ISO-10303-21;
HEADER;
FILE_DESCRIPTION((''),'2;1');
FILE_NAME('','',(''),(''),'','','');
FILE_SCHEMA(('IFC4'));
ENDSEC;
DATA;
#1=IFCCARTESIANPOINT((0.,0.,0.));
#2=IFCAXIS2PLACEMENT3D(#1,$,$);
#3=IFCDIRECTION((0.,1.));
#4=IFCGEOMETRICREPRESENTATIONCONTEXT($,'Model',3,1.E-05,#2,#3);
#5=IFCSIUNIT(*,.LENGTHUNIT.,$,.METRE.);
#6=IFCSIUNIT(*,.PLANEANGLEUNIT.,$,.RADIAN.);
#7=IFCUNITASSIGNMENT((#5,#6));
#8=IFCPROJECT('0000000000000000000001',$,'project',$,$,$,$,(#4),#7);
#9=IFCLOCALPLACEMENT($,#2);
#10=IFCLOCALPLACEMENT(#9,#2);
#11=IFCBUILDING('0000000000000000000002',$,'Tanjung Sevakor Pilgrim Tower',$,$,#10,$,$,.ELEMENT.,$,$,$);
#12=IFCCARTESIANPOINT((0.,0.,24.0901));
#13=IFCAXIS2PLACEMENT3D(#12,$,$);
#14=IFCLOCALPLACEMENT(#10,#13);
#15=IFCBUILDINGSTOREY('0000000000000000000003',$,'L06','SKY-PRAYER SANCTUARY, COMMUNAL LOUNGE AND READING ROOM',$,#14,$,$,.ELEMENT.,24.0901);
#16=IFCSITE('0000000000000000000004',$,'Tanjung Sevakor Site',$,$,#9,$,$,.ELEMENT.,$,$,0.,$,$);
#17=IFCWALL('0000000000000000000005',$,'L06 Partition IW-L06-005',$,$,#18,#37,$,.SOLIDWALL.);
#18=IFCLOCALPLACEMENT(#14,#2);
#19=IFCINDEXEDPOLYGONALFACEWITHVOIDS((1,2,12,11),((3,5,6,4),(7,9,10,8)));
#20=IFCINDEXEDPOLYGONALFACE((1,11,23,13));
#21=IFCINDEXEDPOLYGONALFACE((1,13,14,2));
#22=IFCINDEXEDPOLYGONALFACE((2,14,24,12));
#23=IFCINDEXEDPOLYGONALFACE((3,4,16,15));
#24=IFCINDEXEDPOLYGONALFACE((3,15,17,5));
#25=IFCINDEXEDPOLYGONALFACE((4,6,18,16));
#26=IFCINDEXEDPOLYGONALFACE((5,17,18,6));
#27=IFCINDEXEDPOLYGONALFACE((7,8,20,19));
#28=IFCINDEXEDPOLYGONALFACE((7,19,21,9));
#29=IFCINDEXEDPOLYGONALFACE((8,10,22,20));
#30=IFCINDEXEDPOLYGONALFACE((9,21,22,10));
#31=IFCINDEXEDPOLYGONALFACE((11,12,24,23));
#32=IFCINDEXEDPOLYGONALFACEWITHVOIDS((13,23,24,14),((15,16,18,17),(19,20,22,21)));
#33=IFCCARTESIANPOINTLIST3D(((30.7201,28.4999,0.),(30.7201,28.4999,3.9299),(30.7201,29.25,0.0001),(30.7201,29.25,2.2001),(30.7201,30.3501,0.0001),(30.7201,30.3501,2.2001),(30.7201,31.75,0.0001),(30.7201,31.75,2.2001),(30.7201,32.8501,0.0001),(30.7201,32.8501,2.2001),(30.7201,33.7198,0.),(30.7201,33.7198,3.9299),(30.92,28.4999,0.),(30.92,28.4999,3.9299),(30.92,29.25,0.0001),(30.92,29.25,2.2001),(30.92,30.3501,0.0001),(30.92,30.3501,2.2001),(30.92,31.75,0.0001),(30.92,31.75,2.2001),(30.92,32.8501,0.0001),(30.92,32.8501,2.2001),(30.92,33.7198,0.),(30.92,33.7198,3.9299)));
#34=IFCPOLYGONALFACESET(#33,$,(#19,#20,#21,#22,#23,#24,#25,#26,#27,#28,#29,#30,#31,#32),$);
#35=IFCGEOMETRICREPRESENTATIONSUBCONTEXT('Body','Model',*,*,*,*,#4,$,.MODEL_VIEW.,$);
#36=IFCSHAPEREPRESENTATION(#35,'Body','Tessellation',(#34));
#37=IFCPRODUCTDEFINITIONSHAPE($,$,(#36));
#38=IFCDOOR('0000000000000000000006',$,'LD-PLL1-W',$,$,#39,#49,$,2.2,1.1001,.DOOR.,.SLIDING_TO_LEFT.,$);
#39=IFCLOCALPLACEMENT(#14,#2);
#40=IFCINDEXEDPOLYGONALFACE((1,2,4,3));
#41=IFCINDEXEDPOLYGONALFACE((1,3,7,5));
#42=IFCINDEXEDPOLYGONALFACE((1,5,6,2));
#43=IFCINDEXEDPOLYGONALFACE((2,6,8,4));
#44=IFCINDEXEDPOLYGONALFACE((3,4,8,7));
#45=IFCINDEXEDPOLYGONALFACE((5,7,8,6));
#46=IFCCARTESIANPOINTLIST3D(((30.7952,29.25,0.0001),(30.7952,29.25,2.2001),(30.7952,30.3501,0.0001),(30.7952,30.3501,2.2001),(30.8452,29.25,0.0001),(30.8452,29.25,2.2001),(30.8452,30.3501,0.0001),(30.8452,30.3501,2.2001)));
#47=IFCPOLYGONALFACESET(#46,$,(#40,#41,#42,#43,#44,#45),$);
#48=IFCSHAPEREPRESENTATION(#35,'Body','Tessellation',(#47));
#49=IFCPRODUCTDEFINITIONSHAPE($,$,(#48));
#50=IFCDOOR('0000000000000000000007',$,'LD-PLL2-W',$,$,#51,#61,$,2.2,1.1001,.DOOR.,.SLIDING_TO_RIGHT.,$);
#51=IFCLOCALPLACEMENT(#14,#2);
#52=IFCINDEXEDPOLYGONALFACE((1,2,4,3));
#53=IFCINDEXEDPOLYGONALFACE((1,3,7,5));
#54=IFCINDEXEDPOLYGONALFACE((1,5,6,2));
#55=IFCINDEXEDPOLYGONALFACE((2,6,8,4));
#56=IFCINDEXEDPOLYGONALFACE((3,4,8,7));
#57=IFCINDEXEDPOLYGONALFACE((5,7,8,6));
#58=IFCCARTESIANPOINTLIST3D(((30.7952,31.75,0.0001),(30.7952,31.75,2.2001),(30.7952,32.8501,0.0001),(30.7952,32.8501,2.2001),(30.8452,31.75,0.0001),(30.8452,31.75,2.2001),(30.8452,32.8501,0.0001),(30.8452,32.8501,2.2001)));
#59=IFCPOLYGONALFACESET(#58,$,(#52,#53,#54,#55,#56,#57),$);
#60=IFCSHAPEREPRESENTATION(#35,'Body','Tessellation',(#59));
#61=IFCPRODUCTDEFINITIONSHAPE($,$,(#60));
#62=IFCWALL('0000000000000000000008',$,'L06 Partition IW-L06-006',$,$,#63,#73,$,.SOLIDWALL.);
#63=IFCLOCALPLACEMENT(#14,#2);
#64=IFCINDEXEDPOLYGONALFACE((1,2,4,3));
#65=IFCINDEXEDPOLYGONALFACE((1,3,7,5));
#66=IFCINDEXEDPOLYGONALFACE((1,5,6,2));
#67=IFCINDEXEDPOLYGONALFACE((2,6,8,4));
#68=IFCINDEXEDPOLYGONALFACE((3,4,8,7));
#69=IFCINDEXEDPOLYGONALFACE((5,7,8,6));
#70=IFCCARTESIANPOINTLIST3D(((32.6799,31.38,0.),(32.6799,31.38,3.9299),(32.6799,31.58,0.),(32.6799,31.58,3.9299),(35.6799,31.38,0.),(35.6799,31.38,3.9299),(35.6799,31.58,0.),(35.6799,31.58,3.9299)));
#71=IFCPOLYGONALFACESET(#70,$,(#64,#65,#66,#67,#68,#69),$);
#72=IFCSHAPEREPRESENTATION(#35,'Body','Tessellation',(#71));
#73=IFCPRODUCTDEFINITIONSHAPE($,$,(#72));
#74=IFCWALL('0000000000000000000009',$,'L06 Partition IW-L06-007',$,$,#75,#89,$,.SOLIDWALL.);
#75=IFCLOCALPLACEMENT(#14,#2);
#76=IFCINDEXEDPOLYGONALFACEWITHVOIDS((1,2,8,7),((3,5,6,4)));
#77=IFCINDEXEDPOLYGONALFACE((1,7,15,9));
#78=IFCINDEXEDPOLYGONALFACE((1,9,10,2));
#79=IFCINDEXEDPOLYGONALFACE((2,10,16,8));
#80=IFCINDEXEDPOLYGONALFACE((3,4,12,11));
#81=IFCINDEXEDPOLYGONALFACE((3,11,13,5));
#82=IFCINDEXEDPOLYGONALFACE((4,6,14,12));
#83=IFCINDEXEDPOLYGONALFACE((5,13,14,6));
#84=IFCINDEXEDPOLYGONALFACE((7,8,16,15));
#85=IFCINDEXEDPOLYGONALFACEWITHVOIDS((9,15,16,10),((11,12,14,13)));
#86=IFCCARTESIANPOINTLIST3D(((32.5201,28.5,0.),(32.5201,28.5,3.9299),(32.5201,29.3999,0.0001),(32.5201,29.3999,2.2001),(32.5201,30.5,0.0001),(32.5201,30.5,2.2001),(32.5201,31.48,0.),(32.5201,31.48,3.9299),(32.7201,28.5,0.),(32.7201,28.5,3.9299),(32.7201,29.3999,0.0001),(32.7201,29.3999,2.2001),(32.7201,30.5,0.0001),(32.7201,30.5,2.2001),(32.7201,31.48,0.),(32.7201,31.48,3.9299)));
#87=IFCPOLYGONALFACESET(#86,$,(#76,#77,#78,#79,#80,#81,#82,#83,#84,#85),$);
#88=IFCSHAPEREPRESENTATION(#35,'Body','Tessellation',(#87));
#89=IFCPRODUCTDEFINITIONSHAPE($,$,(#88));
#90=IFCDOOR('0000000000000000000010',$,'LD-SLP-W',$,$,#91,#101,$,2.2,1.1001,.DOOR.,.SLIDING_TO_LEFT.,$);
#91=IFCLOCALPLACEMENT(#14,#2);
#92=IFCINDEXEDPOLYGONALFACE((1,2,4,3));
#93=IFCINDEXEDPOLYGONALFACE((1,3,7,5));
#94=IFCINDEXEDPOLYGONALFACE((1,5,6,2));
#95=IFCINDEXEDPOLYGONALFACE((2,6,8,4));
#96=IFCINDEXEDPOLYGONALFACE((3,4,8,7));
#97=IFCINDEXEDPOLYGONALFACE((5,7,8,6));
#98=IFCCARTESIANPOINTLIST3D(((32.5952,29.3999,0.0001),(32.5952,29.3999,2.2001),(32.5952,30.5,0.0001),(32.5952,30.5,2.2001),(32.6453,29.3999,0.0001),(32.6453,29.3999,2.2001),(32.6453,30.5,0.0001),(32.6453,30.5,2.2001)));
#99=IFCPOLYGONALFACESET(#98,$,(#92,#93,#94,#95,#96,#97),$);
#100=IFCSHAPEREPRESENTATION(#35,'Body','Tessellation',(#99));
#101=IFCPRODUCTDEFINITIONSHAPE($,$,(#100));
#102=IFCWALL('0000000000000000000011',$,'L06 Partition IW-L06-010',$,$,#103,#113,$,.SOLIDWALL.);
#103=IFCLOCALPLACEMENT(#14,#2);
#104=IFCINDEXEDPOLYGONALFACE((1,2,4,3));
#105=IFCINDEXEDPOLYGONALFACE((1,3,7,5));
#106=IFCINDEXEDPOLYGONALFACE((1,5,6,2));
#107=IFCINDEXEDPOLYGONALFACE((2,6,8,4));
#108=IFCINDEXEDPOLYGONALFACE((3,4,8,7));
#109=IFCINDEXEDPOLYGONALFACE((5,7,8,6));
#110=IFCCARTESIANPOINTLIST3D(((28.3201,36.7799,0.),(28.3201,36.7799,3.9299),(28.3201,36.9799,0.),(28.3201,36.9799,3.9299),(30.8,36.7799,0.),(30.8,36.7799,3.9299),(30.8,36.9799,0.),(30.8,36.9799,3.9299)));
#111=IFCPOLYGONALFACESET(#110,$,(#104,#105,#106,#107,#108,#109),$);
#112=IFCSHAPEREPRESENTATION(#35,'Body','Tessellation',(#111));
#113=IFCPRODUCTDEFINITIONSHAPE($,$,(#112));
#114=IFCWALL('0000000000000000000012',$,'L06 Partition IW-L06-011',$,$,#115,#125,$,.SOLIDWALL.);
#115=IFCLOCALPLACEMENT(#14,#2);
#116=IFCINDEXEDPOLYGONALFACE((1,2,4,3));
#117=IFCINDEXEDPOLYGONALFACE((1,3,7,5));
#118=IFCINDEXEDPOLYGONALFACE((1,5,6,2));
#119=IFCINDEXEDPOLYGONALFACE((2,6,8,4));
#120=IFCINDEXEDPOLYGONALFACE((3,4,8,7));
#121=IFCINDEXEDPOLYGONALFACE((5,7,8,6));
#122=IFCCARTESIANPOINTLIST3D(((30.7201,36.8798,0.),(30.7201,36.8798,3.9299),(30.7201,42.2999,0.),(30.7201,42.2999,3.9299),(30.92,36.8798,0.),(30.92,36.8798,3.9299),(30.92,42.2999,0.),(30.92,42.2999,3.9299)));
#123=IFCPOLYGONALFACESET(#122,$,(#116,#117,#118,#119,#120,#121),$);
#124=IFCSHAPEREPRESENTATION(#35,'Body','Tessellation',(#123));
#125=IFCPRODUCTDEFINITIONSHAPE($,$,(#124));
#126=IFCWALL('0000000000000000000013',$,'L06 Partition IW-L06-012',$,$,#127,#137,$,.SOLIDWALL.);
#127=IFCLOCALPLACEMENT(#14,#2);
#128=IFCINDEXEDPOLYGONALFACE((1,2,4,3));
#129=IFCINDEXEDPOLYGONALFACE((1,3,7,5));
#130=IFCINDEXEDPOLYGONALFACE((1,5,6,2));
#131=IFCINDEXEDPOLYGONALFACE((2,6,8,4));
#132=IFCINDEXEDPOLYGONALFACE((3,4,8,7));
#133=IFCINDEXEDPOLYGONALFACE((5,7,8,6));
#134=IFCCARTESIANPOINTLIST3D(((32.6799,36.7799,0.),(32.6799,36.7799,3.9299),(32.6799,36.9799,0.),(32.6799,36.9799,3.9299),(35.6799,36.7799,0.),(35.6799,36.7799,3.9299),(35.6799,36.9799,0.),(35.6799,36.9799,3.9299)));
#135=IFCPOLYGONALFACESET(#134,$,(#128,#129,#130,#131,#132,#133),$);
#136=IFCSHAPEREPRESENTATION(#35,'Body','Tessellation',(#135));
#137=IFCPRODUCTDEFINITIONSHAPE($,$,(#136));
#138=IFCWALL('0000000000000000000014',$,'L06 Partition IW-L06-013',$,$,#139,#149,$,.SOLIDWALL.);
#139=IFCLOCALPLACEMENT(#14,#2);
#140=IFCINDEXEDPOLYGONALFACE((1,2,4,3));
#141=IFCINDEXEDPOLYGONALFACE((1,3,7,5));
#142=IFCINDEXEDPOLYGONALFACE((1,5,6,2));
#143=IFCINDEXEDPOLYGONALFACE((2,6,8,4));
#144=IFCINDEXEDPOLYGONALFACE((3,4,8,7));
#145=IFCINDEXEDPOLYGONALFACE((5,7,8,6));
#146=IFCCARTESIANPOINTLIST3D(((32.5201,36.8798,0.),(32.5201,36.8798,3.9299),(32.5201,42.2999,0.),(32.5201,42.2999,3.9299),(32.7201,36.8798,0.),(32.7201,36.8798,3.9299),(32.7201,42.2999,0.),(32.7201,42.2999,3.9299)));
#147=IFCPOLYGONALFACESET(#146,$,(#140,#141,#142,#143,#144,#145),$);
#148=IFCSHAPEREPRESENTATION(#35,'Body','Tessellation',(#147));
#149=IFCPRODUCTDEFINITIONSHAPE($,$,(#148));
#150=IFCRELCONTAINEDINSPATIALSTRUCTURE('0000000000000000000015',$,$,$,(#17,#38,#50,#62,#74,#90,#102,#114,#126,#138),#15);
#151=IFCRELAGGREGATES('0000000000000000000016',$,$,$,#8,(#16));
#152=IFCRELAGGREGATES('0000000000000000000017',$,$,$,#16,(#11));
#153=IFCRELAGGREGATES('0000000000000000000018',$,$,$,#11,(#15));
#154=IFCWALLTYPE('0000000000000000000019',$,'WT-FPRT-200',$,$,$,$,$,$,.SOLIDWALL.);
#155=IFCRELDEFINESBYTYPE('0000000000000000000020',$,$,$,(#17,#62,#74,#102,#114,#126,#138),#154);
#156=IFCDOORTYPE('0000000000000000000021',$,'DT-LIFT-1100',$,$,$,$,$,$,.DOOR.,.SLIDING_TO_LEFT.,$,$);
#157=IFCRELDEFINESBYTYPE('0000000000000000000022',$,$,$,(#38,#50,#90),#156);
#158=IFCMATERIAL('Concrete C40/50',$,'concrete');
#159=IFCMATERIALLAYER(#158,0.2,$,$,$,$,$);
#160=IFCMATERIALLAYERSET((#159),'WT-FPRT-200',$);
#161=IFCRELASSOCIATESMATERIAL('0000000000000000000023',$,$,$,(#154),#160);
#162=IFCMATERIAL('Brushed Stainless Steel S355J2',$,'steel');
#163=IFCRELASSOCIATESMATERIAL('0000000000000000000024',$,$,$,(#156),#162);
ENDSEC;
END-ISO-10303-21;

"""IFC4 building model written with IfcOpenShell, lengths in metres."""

from ifc_helpers import new_model, si_unit, direction, frame, frame_2d, origin, place, context, subcontext, project, spatial, rectangle, extrude, material, layer, layer_set, type_object, element, fill, save


model = new_model("IFC4")

# Units and contexts
model_context = context("Model", 3, precision=1e-05, world=origin(), true_north=direction((0.0, 1.0)))
body_context = subcontext(model_context, "Body", "Model", "MODEL_VIEW")
ifc_project = project(units=[si_unit("LENGTHUNIT", "METRE"), si_unit("PLANEANGLEUNIT", "RADIAN")], contexts=[model_context])

# Site, building, storey
site_placement = place(None, origin())
site = spatial("IfcSite", under=ifc_project, at=site_placement, Name="Tanjung Sevakor Site", CompositionType="ELEMENT", RefElevation=0.0)
building_placement = place(site_placement, origin())
building = spatial("IfcBuilding", under=site, at=building_placement, Name="Tanjung Sevakor Pilgrim Tower", CompositionType="ELEMENT")
storey_placement = place(building_placement, frame((0.0, 0.0, 24.0901)))
storey = spatial("IfcBuildingStorey", under=building, at=storey_placement, Name="L06", Description="SKY-PRAYER SANCTUARY, COMMUNAL LOUNGE AND READING ROOM", CompositionType="ELEMENT", Elevation=24.0901)

# Shared definitions
ifc_material_1 = material(Name="Concrete C40/50", Category="concrete")
ifc_layer_1 = layer(ifc_material_1, 0.2)
ifc_layer_set_1 = layer_set([ifc_layer_1], Name="WT-FPRT-200")
wall_type_1 = type_object("IfcWallType", Name="WT-FPRT-200", PredefinedType="SOLIDWALL", material=ifc_layer_set_1)

# Wall, openings, doors
wall_1_placement = place(storey_placement, frame((30.8201, 28.5, 0.0), z_axis=(0.0, 0.0, 1.0), x_axis=(0.0, 1.0, 0.0)))
wall_1 = element("IfcWall", 1, at=wall_1_placement, inside=storey, type_object=wall_type_1, Name="L06 Partition IW-L06-005", PredefinedType="SOLIDWALL", context=body_context, shape_type="SweptSolid", body=[
    extrude(rectangle(XDim=5.22, YDim=0.2, at=frame_2d((2.6099, 0.0))), origin(), (0.0, 0.0, 1.0), 3.9299),
])
opening_1_placement = place(wall_1_placement, frame((0.75, 0.0, 0.0)))
opening_1 = element("IfcOpeningElement", 2, at=opening_1_placement, cuts=wall_1, PredefinedType="OPENING", context=body_context, shape_type="SweptSolid", body=[
    extrude(rectangle(XDim=1.1001, YDim=2.2, at=frame_2d((0.55, 1.1001))), frame((0.0, 0.1099, 0.0), z_axis=(0.0, -1.0, 0.0), x_axis=(1.0, 0.0, 0.0)), (0.0, 0.0, 1.0), 0.22),
])
opening_2_placement = place(wall_1_placement, frame((3.25, 0.0, 0.0)))
opening_2 = element("IfcOpeningElement", 3, at=opening_2_placement, cuts=wall_1, PredefinedType="OPENING", context=body_context, shape_type="SweptSolid", body=[
    extrude(rectangle(XDim=1.1001, YDim=2.2, at=frame_2d((0.55, 1.1001))), frame((0.0, 0.1099, 0.0), z_axis=(0.0, -1.0, 0.0), x_axis=(1.0, 0.0, 0.0)), (0.0, 0.0, 1.0), 0.22),
])
ifc_material_2 = material(Name="Brushed Stainless Steel S355J2", Category="steel")
door_type_1 = type_object("IfcDoorType", Name="DT-LIFT-1100", OperationType="SLIDING_TO_LEFT", PredefinedType="DOOR", material=ifc_material_2)
door_1_placement = place(opening_1_placement, origin())
door_1 = element("IfcDoor", 4, at=door_1_placement, inside=storey, type_object=door_type_1, Name="LD-PLL1-W", OperationType="SLIDING_TO_LEFT", OverallHeight=2.2, OverallWidth=1.1001, PredefinedType="DOOR", context=body_context, shape_type="SweptSolid", body=[
    extrude(rectangle(XDim=1.1001, YDim=2.2, at=frame_2d((0.55, 1.1001))), frame((0.0, 0.0249, 0.0), z_axis=(0.0, -1.0, 0.0), x_axis=(1.0, 0.0, 0.0)), (0.0, 0.0, 1.0), 0.05),
])
fill(opening_1, door_1)
door_2_placement = place(opening_2_placement, origin())
door_2 = element("IfcDoor", 5, at=door_2_placement, inside=storey, type_object=door_type_1, Name="LD-PLL2-W", OperationType="SLIDING_TO_RIGHT", OverallHeight=2.2, OverallWidth=1.1001, PredefinedType="DOOR", context=body_context, shape_type="SweptSolid", body=[
    extrude(rectangle(XDim=1.1001, YDim=2.2, at=frame_2d((0.55, 1.1001))), frame((0.0, 0.0249, 0.0), z_axis=(0.0, -1.0, 0.0), x_axis=(1.0, 0.0, 0.0)), (0.0, 0.0, 1.0), 0.05),
])
fill(opening_2, door_2)

# Wall
wall_2_placement = place(storey_placement, frame((32.6799, 31.48, 0.0), z_axis=(0.0, 0.0, 1.0), x_axis=(1.0, 0.0, 0.0)))
element("IfcWall", 6, at=wall_2_placement, inside=storey, type_object=wall_type_1, Name="L06 Partition IW-L06-006", PredefinedType="SOLIDWALL", context=body_context, shape_type="SweptSolid", body=[
    extrude(rectangle(XDim=3.0, YDim=0.2, at=frame_2d((1.5, 0.0))), origin(), (0.0, 0.0, 1.0), 3.9299),
])

# Wall, opening, door
wall_3_placement = place(storey_placement, frame((32.6201, 28.5, 0.0), z_axis=(0.0, 0.0, 1.0), x_axis=(0.0, 1.0, 0.0)))
wall_3 = element("IfcWall", 7, at=wall_3_placement, inside=storey, type_object=wall_type_1, Name="L06 Partition IW-L06-007", PredefinedType="SOLIDWALL", context=body_context, shape_type="SweptSolid", body=[
    extrude(rectangle(XDim=2.98, YDim=0.2, at=frame_2d((1.49, 0.0))), origin(), (0.0, 0.0, 1.0), 3.9299),
])
opening_3_placement = place(wall_3_placement, frame((0.8999, 0.0, 0.0)))
opening_3 = element("IfcOpeningElement", 8, at=opening_3_placement, cuts=wall_3, PredefinedType="OPENING", context=body_context, shape_type="SweptSolid", body=[
    extrude(rectangle(XDim=1.1001, YDim=2.2, at=frame_2d((0.55, 1.1001))), frame((0.0, 0.1099, 0.0), z_axis=(0.0, -1.0, 0.0), x_axis=(1.0, 0.0, 0.0)), (0.0, 0.0, 1.0), 0.22),
])
door_3_placement = place(opening_3_placement, origin())
door_3 = element("IfcDoor", 9, at=door_3_placement, inside=storey, type_object=door_type_1, Name="LD-SLP-W", OperationType="SLIDING_TO_LEFT", OverallHeight=2.2, OverallWidth=1.1001, PredefinedType="DOOR", context=body_context, shape_type="SweptSolid", body=[
    extrude(rectangle(XDim=1.1001, YDim=2.2, at=frame_2d((0.55, 1.1001))), frame((0.0, 0.0249, 0.0), z_axis=(0.0, -1.0, 0.0), x_axis=(1.0, 0.0, 0.0)), (0.0, 0.0, 1.0), 0.05),
])
fill(opening_3, door_3)

# Walls
wall_4_placement = place(storey_placement, frame((28.3201, 36.8799, 0.0), z_axis=(0.0, 0.0, 1.0), x_axis=(1.0, 0.0, 0.0)))
element("IfcWall", 10, at=wall_4_placement, inside=storey, type_object=wall_type_1, Name="L06 Partition IW-L06-010", PredefinedType="SOLIDWALL", context=body_context, shape_type="SweptSolid", body=[
    extrude(rectangle(XDim=2.48, YDim=0.2, at=frame_2d((1.24, 0.0))), origin(), (0.0, 0.0, 1.0), 3.9299),
])
wall_5_placement = place(storey_placement, frame((30.8201, 36.8799, 0.0), z_axis=(0.0, 0.0, 1.0), x_axis=(0.0, 1.0, 0.0)))
element("IfcWall", 11, at=wall_5_placement, inside=storey, type_object=wall_type_1, Name="L06 Partition IW-L06-011", PredefinedType="SOLIDWALL", context=body_context, shape_type="SweptSolid", body=[
    extrude(rectangle(XDim=5.4202, YDim=0.2, at=frame_2d((2.71, 0.0))), origin(), (0.0, 0.0, 1.0), 3.9299),
])
wall_6_placement = place(storey_placement, frame((32.6799, 36.8799, 0.0), z_axis=(0.0, 0.0, 1.0), x_axis=(1.0, 0.0, 0.0)))
element("IfcWall", 12, at=wall_6_placement, inside=storey, type_object=wall_type_1, Name="L06 Partition IW-L06-012", PredefinedType="SOLIDWALL", context=body_context, shape_type="SweptSolid", body=[
    extrude(rectangle(XDim=3.0, YDim=0.2, at=frame_2d((1.5, 0.0))), origin(), (0.0, 0.0, 1.0), 3.9299),
])
wall_7_placement = place(storey_placement, frame((32.6201, 36.8799, 0.0), z_axis=(0.0, 0.0, 1.0), x_axis=(0.0, 1.0, 0.0)))
element("IfcWall", 13, at=wall_7_placement, inside=storey, type_object=wall_type_1, Name="L06 Partition IW-L06-013", PredefinedType="SOLIDWALL", context=body_context, shape_type="SweptSolid", body=[
    extrude(rectangle(XDim=5.4202, YDim=0.2, at=frame_2d((2.71, 0.0))), origin(), (0.0, 0.0, 1.0), 3.9299),
])

save(model, "model.ifc")
